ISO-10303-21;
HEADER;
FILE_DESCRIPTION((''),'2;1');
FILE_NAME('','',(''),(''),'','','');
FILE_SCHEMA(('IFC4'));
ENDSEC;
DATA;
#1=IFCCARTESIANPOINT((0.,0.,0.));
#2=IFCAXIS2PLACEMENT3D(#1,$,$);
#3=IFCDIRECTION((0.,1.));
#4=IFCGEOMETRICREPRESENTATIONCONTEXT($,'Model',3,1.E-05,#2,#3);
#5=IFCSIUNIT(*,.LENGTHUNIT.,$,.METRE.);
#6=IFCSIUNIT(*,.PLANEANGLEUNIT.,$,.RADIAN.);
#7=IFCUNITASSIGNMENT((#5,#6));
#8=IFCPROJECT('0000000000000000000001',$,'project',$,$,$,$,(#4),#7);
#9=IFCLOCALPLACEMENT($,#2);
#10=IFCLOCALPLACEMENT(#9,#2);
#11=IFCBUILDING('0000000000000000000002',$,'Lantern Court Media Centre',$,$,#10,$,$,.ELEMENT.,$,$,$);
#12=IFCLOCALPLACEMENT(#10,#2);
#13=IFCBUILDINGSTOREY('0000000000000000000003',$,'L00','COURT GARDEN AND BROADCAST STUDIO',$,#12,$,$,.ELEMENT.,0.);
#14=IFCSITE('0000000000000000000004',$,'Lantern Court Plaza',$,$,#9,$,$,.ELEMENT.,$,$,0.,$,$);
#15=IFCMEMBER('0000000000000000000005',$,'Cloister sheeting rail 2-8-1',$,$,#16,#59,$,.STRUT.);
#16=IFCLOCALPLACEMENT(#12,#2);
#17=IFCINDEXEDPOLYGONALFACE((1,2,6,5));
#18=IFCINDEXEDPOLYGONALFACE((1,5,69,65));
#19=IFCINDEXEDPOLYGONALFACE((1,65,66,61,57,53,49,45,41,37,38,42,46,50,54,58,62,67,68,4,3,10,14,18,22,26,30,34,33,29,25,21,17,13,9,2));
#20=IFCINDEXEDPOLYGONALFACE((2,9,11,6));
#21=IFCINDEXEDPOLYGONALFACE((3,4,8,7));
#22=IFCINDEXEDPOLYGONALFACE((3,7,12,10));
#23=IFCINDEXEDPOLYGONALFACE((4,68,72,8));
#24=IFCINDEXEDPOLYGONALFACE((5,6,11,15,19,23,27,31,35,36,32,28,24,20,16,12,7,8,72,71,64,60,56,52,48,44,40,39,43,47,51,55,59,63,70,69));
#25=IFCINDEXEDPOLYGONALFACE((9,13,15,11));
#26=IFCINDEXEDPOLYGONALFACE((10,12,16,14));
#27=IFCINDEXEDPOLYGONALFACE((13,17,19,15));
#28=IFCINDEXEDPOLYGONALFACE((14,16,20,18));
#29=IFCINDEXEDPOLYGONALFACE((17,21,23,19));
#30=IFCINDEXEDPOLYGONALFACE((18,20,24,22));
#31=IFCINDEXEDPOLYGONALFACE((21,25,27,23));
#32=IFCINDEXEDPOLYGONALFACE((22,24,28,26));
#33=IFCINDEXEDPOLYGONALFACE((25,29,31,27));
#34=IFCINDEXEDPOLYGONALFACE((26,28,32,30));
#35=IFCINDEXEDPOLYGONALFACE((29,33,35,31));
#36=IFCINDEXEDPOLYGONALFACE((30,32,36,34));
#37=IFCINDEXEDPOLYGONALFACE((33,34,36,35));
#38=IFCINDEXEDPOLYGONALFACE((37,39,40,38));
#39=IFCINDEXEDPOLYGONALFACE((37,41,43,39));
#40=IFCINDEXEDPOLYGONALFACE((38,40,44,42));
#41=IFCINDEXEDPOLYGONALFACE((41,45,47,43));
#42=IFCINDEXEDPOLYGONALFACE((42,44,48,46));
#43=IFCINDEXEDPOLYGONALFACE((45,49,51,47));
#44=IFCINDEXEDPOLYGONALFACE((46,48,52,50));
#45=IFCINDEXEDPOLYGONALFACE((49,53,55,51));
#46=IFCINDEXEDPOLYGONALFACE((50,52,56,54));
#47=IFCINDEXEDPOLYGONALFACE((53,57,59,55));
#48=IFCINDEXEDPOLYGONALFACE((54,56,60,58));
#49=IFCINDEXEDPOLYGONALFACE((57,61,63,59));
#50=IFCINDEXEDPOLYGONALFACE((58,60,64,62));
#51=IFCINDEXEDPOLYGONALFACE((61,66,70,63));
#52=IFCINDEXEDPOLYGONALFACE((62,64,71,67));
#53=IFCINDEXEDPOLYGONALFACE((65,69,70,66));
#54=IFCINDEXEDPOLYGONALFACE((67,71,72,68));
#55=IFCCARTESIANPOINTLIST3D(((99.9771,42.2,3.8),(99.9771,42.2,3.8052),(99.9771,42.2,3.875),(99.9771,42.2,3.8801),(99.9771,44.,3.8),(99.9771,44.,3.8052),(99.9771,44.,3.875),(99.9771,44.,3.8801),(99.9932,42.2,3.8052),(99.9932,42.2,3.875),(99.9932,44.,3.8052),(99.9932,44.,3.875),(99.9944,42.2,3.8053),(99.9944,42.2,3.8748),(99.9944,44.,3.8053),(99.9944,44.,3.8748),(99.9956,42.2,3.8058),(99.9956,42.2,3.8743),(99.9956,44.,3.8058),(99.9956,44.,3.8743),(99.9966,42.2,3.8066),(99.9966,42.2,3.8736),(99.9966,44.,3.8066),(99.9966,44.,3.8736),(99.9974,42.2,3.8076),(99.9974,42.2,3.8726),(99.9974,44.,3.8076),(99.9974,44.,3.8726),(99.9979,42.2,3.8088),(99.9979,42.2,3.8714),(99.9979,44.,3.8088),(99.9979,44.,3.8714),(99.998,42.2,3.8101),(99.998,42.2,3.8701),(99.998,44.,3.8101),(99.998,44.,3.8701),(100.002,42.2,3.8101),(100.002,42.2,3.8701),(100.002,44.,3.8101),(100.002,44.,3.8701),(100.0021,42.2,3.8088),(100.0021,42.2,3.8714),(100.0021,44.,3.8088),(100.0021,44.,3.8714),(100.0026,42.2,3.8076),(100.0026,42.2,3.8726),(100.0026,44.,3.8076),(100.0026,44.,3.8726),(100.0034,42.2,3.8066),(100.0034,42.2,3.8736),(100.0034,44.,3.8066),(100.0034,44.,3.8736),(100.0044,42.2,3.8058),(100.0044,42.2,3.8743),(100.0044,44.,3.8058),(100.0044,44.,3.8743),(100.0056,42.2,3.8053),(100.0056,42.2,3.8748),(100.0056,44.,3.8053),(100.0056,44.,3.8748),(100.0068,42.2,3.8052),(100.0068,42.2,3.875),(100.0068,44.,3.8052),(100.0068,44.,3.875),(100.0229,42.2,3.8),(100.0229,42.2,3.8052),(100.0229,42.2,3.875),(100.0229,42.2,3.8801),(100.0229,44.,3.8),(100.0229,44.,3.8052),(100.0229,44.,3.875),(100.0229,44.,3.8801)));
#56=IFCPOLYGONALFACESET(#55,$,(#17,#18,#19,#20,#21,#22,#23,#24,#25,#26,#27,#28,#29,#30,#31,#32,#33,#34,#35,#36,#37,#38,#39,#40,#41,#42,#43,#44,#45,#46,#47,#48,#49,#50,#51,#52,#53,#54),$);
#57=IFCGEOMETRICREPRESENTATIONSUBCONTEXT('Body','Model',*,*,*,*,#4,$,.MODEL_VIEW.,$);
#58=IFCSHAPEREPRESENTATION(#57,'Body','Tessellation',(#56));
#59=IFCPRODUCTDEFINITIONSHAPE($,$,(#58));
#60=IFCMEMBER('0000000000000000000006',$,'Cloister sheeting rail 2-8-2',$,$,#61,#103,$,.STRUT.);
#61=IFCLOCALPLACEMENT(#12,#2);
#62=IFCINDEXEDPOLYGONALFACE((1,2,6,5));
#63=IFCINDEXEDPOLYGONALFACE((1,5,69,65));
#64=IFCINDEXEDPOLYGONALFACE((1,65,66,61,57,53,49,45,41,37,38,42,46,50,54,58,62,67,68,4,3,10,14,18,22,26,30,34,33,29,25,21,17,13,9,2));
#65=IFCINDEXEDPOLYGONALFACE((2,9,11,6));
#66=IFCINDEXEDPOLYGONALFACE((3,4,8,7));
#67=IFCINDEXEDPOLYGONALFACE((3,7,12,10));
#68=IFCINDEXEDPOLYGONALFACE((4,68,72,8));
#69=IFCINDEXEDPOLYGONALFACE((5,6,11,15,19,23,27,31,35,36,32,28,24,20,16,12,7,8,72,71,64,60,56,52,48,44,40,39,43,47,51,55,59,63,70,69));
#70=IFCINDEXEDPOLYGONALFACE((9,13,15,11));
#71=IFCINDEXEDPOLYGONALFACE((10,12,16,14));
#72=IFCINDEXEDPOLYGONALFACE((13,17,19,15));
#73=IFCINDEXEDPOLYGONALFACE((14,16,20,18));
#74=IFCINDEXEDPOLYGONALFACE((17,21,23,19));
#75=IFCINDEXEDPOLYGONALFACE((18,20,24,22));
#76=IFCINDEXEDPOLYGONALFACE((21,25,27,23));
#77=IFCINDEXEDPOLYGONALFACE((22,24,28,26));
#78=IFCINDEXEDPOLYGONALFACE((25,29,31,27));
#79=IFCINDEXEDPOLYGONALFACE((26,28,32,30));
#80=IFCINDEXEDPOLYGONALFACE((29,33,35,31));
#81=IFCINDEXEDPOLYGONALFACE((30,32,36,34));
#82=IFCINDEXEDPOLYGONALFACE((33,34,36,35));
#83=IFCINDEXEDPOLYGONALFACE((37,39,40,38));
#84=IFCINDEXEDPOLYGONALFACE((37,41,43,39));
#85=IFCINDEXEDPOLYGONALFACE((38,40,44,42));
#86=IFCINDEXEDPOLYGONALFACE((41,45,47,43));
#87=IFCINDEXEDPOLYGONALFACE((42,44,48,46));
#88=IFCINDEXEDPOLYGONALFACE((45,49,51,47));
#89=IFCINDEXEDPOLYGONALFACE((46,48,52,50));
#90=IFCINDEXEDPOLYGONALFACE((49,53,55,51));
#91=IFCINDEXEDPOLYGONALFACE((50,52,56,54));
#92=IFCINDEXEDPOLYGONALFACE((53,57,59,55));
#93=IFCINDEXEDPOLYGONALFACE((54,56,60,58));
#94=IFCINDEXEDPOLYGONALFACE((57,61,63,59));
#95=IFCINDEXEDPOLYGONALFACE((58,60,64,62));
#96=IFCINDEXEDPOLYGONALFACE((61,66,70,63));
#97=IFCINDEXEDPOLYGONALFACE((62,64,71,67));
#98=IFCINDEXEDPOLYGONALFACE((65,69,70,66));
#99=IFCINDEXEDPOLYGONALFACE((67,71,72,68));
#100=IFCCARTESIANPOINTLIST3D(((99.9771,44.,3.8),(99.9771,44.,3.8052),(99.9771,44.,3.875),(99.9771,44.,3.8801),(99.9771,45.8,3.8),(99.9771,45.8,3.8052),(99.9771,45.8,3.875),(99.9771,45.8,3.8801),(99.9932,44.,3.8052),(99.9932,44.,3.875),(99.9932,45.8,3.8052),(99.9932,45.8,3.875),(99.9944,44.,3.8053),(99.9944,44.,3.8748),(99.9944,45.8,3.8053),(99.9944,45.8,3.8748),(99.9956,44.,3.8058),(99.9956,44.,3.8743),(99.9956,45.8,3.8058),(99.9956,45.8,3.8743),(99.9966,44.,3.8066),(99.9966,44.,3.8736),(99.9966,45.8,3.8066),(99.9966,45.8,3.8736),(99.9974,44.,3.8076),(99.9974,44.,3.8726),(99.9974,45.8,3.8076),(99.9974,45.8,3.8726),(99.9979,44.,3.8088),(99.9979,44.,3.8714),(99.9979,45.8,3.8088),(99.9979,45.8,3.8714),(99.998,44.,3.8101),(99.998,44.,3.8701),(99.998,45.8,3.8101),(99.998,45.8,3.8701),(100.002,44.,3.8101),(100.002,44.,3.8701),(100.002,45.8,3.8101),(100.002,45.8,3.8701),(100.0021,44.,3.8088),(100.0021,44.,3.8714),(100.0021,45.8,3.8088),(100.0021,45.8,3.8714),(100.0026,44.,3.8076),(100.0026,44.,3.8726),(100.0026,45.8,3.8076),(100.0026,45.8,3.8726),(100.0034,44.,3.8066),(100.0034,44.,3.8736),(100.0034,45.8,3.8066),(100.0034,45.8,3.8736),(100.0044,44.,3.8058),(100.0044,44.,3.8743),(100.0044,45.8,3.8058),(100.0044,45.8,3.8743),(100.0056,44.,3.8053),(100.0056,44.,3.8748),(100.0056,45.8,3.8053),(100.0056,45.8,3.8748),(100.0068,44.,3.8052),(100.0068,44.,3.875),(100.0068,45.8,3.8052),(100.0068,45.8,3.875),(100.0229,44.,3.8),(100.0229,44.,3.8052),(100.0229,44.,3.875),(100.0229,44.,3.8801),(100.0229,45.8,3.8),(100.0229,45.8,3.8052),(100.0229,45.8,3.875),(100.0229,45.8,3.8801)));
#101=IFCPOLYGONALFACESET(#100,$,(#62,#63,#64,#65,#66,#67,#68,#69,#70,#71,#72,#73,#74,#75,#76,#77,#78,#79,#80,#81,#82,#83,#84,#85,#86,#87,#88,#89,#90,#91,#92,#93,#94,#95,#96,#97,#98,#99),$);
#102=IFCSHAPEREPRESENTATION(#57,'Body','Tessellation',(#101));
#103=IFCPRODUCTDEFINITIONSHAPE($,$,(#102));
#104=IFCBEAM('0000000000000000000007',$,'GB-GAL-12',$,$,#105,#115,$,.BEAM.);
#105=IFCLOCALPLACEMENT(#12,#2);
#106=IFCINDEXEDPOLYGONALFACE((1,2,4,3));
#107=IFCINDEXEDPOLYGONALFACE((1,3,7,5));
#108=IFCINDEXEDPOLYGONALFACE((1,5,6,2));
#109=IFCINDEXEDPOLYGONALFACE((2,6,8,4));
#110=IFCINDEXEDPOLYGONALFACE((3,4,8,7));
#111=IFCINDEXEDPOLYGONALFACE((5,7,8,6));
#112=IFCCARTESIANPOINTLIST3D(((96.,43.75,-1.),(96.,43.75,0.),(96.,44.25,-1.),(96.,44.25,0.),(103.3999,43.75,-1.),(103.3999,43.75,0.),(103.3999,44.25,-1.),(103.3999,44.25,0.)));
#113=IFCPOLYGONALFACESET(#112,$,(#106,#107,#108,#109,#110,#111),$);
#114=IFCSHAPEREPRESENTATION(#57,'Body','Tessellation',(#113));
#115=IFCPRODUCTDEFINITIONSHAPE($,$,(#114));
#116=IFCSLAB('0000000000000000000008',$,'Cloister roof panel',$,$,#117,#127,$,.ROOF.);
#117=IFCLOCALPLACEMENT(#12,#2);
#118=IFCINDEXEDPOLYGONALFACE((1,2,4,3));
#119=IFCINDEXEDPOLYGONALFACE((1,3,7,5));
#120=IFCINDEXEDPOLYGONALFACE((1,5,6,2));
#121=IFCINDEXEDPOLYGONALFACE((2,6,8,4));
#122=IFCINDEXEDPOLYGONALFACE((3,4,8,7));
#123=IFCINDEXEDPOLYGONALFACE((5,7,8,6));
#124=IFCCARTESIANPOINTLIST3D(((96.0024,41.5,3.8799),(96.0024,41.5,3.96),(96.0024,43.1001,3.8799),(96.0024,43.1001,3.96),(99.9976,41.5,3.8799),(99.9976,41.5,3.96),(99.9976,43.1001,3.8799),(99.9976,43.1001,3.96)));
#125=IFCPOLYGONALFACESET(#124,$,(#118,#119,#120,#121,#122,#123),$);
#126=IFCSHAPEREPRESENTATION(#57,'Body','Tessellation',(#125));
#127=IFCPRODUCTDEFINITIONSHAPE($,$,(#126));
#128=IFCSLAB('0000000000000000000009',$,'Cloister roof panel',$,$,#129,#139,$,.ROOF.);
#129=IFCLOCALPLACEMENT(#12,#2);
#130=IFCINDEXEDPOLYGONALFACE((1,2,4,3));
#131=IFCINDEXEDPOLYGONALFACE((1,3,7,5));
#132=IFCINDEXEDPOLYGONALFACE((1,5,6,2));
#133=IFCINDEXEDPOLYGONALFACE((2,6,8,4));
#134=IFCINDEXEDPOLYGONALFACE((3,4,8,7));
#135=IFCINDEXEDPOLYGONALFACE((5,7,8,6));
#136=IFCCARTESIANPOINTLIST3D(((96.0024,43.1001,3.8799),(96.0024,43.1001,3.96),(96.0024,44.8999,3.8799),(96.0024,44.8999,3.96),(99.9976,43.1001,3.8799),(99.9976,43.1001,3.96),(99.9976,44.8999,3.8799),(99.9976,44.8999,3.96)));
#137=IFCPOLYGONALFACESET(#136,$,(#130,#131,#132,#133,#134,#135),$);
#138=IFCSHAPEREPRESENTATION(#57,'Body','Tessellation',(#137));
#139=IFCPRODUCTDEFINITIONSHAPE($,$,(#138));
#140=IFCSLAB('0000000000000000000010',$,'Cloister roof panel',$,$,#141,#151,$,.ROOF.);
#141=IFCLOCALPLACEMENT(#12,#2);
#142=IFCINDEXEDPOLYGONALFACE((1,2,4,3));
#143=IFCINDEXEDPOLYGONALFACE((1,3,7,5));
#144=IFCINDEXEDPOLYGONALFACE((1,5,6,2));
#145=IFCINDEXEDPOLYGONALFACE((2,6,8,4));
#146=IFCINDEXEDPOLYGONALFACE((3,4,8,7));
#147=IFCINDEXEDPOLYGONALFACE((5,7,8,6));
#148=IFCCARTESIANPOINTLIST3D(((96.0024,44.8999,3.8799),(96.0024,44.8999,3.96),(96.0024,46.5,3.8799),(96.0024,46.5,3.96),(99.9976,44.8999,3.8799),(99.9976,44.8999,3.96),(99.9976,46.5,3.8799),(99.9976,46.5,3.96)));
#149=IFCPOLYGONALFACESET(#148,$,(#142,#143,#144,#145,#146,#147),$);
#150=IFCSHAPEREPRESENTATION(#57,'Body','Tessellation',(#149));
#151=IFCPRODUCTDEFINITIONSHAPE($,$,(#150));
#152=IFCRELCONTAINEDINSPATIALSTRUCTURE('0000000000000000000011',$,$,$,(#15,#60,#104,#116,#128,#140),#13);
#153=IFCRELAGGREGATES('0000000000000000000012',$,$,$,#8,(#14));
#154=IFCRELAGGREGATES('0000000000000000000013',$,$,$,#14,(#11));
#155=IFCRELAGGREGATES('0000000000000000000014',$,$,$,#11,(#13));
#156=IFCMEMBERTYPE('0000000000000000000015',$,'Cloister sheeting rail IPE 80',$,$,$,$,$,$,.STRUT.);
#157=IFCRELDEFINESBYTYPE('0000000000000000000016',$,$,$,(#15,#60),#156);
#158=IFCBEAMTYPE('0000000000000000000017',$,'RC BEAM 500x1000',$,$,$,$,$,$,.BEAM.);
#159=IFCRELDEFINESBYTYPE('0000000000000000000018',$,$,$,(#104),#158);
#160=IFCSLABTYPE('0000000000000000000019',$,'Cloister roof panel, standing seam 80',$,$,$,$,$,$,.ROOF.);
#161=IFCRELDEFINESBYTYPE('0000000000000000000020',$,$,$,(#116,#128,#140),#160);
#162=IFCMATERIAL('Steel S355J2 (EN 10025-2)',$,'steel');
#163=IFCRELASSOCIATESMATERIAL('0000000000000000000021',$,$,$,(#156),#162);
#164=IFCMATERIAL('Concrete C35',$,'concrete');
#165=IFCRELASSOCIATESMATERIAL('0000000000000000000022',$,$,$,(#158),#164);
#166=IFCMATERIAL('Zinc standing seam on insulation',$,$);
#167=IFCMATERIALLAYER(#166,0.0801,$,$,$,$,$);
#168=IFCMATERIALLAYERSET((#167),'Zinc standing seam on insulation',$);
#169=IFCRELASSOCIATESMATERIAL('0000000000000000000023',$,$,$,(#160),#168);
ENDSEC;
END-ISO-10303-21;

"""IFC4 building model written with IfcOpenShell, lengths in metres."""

from ifc_helpers import new_model, si_unit, direction, frame, origin, origin_2d, place, context, subcontext, project, spatial, polyline, rectangle, i_section, outline, extrude, material, layer, layer_set, material_profile, profile_set, type_object, element, save


model = new_model("IFC4")

# Units and contexts
model_context = context("Model", 3, precision=1e-05, world=origin(), true_north=direction((0.0, 1.0)))
body_context = subcontext(model_context, "Body", "Model", "MODEL_VIEW")
ifc_project = project(units=[si_unit("LENGTHUNIT", "METRE"), si_unit("PLANEANGLEUNIT", "RADIAN")], contexts=[model_context])

# Site, building, storey
site_placement = place(None, origin())
site = spatial("IfcSite", under=ifc_project, at=site_placement, Name="Lantern Court Plaza", CompositionType="ELEMENT", RefElevation=0.0)
building_placement = place(site_placement, origin())
building = spatial("IfcBuilding", under=site, at=building_placement, Name="Lantern Court Media Centre", CompositionType="ELEMENT")
storey_placement = place(building_placement, origin())
storey = spatial("IfcBuildingStorey", under=building, at=storey_placement, Name="L00", Description="COURT GARDEN AND BROADCAST STUDIO", CompositionType="ELEMENT", Elevation=0.0)

# Shared definitions
ifc_material_1 = material(Name="Steel S355J2 (EN 10025-2)", Category="steel")

# Members
ifc_material_profile_1 = material_profile(ifc_material_1, i_section(OverallWidth=0.0459, OverallDepth=0.0801, WebThickness=0.0039, FlangeThickness=0.0051, FilletRadius=0.0049, at=origin_2d()), Name="IPE 80")
ifc_profile_set_1 = profile_set([ifc_material_profile_1], Name="Steel S355J2 (EN 10025-2)")
member_type_1 = type_object("IfcMemberType", Name="Cloister sheeting rail IPE 80", PredefinedType="STRUT", material=ifc_profile_set_1)
for number, where, z_axis, x_axis, name in (
    (1, (100.0, 42.2, 3.8401), (0.0, 1.0, 0.0), (-1.0, 0.0, 0.0), "Cloister sheeting rail 2-8-1"),
    (2, (100.0, 44.0, 3.8401), (0.0, 1.0, 0.0), (-1.0, 0.0, 0.0), "Cloister sheeting rail 2-8-2"),
):
    element("IfcMember", number, at=place(storey_placement, frame(where, z_axis=z_axis, x_axis=x_axis)), inside=storey, type_object=member_type_1, Name=name, PredefinedType="STRUT", context=body_context, shape_type="SweptSolid", body=[
        extrude(i_section(OverallWidth=0.0459, OverallDepth=0.0801, WebThickness=0.0039, FlangeThickness=0.0051, FilletRadius=0.0049, at=origin_2d()), origin(), (0.0, 0.0, 1.0), 1.8),
    ])

# Beam
ifc_material_2 = material(Name="Concrete C35", Category="concrete")
ifc_material_profile_2 = material_profile(ifc_material_2, rectangle(XDim=0.5, YDim=1.0, at=origin_2d()), Name="RC 500x1000")
ifc_profile_set_2 = profile_set([ifc_material_profile_2], Name="Concrete C35")
beam_type_1 = type_object("IfcBeamType", Name="RC BEAM 500x1000", PredefinedType="BEAM", material=ifc_profile_set_2)
beam_1_placement = place(storey_placement, frame((96.0, 44.0, -0.5), z_axis=(1.0, 0.0, 0.0), x_axis=(0.0, 1.0, 0.0)))
element("IfcBeam", 3, at=beam_1_placement, inside=storey, type_object=beam_type_1, Name="GB-GAL-12", PredefinedType="BEAM", context=body_context, shape_type="SweptSolid", body=[
    extrude(rectangle(XDim=0.5, YDim=1.0, at=origin_2d()), origin(), (0.0, 0.0, 1.0), 7.3999),
])

# Slabs
ifc_material_3 = material(Name="Zinc standing seam on insulation")
ifc_layer_1 = layer(ifc_material_3, 0.0801)
ifc_layer_set_1 = layer_set([ifc_layer_1], Name="Zinc standing seam on insulation")
slab_type = type_object("IfcSlabType", Name="Cloister roof panel, standing seam 80", PredefinedType="ROOF", material=ifc_layer_set_1)
slab_1_placement = place(storey_placement, frame((96.0024, 41.5, 3.96), z_axis=(0.0, 0.0, 1.0), x_axis=(1.0, 0.0, 0.0)))
element("IfcSlab", 4, at=slab_1_placement, inside=storey, type_object=slab_type, Name="Cloister roof panel", PredefinedType="ROOF", context=body_context, shape_type="SweptSolid", body=[
    extrude(outline(polyline([(0.0, 0.0), (3.9951, 0.0), (3.9951, 1.6001), (0.0, 1.6001), (0.0, 0.0)])), origin(), (0.0, 0.0, -1.0), 0.0801),
])
slab_2_placement = place(storey_placement, frame((96.0024, 43.1001, 3.96), z_axis=(0.0, 0.0, 1.0), x_axis=(1.0, 0.0, 0.0)))
element("IfcSlab", 5, at=slab_2_placement, inside=storey, type_object=slab_type, Name="Cloister roof panel", PredefinedType="ROOF", context=body_context, shape_type="SweptSolid", body=[
    extrude(outline(polyline([(0.0, 0.0), (3.9951, 0.0), (3.9951, 1.7998), (0.0, 1.7998), (0.0, 0.0)])), origin(), (0.0, 0.0, -1.0), 0.0801),
])
slab_3_placement = place(storey_placement, frame((96.0024, 44.8999, 3.96), z_axis=(0.0, 0.0, 1.0), x_axis=(1.0, 0.0, 0.0)))
element("IfcSlab", 6, at=slab_3_placement, inside=storey, type_object=slab_type, Name="Cloister roof panel", PredefinedType="ROOF", context=body_context, shape_type="SweptSolid", body=[
    extrude(outline(polyline([(0.0, 0.0), (3.9951, 0.0), (3.9951, 1.6001), (0.0, 1.6001), (0.0, 0.0)])), origin(), (0.0, 0.0, -1.0), 0.0801),
])

save(model, "model.ifc")
